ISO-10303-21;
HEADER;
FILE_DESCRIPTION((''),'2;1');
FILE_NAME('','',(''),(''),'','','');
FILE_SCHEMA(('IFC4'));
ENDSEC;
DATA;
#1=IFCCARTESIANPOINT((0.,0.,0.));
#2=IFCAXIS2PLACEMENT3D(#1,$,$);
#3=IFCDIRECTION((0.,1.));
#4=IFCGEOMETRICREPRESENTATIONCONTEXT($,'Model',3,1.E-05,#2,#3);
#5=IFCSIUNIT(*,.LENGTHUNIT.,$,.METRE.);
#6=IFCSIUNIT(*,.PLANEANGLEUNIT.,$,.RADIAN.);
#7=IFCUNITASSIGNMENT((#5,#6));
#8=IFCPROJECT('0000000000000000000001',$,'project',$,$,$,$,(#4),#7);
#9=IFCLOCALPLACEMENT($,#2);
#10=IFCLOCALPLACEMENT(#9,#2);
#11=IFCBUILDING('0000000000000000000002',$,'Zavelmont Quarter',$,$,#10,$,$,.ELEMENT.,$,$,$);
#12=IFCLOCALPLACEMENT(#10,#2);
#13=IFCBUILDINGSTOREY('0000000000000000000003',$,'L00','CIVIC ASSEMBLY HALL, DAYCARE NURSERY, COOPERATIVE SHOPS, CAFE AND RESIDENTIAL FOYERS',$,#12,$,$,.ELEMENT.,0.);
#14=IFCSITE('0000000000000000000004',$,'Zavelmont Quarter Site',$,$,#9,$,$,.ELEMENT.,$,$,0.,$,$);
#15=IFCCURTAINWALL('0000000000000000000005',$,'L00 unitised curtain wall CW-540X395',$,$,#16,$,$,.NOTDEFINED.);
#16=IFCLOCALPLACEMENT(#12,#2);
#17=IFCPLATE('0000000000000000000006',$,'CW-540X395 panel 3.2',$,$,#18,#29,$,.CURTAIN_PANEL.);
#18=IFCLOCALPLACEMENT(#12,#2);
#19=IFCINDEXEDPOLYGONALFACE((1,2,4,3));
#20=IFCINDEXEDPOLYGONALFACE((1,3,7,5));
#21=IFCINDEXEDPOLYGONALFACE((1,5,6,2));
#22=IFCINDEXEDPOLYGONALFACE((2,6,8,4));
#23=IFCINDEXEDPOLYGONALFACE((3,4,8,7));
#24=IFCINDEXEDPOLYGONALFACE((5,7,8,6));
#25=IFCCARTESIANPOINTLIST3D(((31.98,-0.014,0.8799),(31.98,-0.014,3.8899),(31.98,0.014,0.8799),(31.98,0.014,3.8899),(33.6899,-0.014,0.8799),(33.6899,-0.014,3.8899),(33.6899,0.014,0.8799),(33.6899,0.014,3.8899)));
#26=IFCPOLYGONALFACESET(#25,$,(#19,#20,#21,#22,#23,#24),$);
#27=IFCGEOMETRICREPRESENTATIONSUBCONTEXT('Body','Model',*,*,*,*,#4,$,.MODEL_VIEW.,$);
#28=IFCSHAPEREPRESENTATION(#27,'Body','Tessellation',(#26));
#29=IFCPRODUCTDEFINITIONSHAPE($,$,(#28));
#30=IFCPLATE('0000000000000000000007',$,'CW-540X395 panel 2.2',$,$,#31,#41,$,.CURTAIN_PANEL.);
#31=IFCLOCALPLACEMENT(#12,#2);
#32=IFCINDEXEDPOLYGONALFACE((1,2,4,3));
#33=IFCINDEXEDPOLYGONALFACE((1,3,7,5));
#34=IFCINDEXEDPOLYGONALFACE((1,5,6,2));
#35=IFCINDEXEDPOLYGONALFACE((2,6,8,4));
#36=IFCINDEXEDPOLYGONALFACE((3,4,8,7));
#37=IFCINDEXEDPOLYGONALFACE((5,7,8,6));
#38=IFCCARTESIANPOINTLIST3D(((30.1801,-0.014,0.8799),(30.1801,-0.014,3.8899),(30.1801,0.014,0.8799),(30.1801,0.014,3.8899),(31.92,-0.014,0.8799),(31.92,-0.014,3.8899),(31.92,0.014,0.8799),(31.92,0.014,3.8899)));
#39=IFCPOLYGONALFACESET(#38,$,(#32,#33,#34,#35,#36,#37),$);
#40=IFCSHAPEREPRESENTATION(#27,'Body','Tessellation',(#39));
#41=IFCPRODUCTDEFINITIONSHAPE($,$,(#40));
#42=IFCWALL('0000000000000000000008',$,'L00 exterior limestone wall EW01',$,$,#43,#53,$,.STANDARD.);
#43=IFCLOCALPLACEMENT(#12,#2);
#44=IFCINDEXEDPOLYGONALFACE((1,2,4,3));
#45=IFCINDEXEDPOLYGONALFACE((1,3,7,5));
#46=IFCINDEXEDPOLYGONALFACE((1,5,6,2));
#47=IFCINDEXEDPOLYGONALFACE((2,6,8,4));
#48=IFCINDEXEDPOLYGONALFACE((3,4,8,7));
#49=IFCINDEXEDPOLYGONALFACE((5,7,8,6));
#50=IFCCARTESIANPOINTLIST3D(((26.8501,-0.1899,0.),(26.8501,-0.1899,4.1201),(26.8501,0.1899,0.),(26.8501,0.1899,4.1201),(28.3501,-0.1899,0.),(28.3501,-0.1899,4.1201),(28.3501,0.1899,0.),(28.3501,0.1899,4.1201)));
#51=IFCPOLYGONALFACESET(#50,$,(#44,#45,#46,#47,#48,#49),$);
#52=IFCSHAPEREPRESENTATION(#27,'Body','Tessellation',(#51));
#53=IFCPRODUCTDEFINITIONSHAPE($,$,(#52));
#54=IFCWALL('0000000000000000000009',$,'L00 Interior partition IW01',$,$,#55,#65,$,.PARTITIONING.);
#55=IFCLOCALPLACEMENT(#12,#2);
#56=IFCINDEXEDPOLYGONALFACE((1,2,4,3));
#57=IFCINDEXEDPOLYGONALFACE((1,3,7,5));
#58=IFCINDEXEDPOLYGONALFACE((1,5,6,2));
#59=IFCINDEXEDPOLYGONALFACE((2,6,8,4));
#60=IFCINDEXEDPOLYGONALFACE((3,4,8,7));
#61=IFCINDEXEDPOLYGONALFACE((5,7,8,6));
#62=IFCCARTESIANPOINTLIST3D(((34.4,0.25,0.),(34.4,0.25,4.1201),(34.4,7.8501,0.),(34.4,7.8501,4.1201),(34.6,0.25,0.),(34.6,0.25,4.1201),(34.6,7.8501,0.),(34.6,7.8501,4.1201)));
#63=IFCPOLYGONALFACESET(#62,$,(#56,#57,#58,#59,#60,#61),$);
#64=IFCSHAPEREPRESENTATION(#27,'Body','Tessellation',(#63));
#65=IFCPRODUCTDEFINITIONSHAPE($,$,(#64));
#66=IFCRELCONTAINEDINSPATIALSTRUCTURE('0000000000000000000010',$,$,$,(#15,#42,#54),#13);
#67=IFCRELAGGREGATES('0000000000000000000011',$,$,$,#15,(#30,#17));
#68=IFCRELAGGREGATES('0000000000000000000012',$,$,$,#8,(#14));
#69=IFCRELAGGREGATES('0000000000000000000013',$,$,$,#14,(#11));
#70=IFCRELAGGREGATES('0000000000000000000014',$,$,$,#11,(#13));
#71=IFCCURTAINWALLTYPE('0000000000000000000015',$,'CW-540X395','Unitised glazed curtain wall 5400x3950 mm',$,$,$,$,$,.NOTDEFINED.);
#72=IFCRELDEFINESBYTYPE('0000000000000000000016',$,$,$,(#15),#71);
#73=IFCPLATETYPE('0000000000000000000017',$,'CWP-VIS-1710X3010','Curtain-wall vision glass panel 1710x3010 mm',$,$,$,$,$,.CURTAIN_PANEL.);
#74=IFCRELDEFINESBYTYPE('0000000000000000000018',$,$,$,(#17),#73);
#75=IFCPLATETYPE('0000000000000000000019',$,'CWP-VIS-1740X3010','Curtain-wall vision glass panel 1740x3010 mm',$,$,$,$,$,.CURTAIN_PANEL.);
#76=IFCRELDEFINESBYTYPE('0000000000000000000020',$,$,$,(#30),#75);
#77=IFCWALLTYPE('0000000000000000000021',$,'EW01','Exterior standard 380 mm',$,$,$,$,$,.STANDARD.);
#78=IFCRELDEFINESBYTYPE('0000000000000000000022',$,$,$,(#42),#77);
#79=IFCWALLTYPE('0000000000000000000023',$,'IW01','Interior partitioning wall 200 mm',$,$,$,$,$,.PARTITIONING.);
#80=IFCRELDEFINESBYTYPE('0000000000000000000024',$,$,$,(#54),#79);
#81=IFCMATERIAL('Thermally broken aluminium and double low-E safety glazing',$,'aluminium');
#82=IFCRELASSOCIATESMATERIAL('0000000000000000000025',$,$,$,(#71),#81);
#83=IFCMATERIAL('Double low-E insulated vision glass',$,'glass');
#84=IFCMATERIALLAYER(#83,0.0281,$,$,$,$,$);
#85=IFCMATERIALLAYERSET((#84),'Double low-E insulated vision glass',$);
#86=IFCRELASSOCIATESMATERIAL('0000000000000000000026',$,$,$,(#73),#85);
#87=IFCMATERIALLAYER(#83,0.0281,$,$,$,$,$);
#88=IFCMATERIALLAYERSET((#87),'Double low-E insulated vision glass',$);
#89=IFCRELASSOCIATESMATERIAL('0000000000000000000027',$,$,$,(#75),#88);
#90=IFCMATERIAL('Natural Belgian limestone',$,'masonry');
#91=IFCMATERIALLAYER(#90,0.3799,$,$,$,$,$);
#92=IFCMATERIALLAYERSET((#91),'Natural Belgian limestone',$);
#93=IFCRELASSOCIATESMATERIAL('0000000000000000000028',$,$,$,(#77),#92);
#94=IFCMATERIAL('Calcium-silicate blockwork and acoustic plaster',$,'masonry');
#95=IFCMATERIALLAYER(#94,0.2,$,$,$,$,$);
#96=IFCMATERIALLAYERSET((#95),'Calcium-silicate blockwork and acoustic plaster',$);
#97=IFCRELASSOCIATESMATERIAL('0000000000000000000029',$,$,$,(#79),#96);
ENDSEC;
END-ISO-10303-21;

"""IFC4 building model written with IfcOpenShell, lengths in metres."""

from ifc_helpers import new_model, si_unit, direction, frame, frame_2d, origin, origin_2d, place, context, subcontext, project, spatial, rectangle, extrude, material, layer, layer_set, type_object, element, aggregate, save


model = new_model("IFC4")

# Units and contexts
model_context = context("Model", 3, precision=1e-05, world=origin(), true_north=direction((0.0, 1.0)))
body_context = subcontext(model_context, "Body", "Model", "MODEL_VIEW")
ifc_project = project(units=[si_unit("LENGTHUNIT", "METRE"), si_unit("PLANEANGLEUNIT", "RADIAN")], contexts=[model_context])

# Site, building, storey
site_placement = place(None, origin())
site = spatial("IfcSite", under=ifc_project, at=site_placement, Name="Zavelmont Quarter Site", CompositionType="ELEMENT", RefElevation=0.0)
building_placement = place(site_placement, origin())
building = spatial("IfcBuilding", under=site, at=building_placement, Name="Zavelmont Quarter", CompositionType="ELEMENT")
storey_placement = place(building_placement, origin())
storey = spatial("IfcBuildingStorey", under=building, at=storey_placement, Name="L00", Description="CIVIC ASSEMBLY HALL, DAYCARE NURSERY, COOPERATIVE SHOPS, CAFE AND RESIDENTIAL FOYERS", CompositionType="ELEMENT", Elevation=0.0)

# Curtain wall
ifc_material_1 = material(Name="Thermally broken aluminium and double low-E safety glazing", Category="aluminium")
curtain_wall_type = type_object("IfcCurtainWallType", Name="CW-540X395", Description="Unitised glazed curtain wall 5400x3950 mm", PredefinedType="NOTDEFINED", material=ifc_material_1)
curtain_wall_placement = place(storey_placement, origin())
curtain_wall = element("IfcCurtainWall", 1, at=curtain_wall_placement, inside=storey, type_object=curtain_wall_type, Name="L00 unitised curtain wall CW-540X395", PredefinedType="NOTDEFINED")

# Plates
ifc_material_2 = material(Name="Double low-E insulated vision glass", Category="glass")
ifc_layer_1 = layer(ifc_material_2, 0.0281)
ifc_layer_set_1 = layer_set([ifc_layer_1], Name="Double low-E insulated vision glass")
plate_type_1 = type_object("IfcPlateType", Name="CWP-VIS-1710X3010", Description="Curtain-wall vision glass panel 1710x3010 mm", PredefinedType="CURTAIN_PANEL", material=ifc_layer_set_1)
plate_1_placement = place(storey_placement, frame((32.835, 0.0, 0.8799), z_axis=(0.0, 0.0, 1.0), x_axis=(1.0, 0.0, 0.0)))
plate_1 = element("IfcPlate", 2, at=plate_1_placement, type_object=plate_type_1, Name="CW-540X395 panel 3.2", PredefinedType="CURTAIN_PANEL", context=body_context, shape_type="SweptSolid", body=[
    extrude(rectangle(XDim=1.71, YDim=0.0281, at=origin_2d()), origin(), (0.0, 0.0, 1.0), 3.01),
])
ifc_layer_2 = layer(ifc_material_2, 0.0281)
ifc_layer_set_2 = layer_set([ifc_layer_2], Name="Double low-E insulated vision glass")
plate_type_2 = type_object("IfcPlateType", Name="CWP-VIS-1740X3010", Description="Curtain-wall vision glass panel 1740x3010 mm", PredefinedType="CURTAIN_PANEL", material=ifc_layer_set_2)
plate_2_placement = place(storey_placement, frame((31.05, 0.0, 0.8799), z_axis=(0.0, 0.0, 1.0), x_axis=(1.0, 0.0, 0.0)))
plate_2 = element("IfcPlate", 3, at=plate_2_placement, type_object=plate_type_2, Name="CW-540X395 panel 2.2", PredefinedType="CURTAIN_PANEL", context=body_context, shape_type="SweptSolid", body=[
    extrude(rectangle(XDim=1.74, YDim=0.0281, at=origin_2d()), origin(), (0.0, 0.0, 1.0), 3.01),
])
aggregate(curtain_wall, [plate_2, plate_1])

# Wall
ifc_material_3 = material(Name="Natural Belgian limestone", Category="masonry")
ifc_layer_3 = layer(ifc_material_3, 0.3799)
ifc_layer_set_3 = layer_set([ifc_layer_3], Name="Natural Belgian limestone")
wall_type_1 = type_object("IfcWallType", Name="EW01", Description="Exterior standard 380 mm", PredefinedType="STANDARD", material=ifc_layer_set_3)
wall_1_placement = place(storey_placement, frame((26.8501, 0.0, 0.0), z_axis=(0.0, 0.0, 1.0), x_axis=(1.0, 0.0, 0.0)))
element("IfcWall", 4, at=wall_1_placement, inside=storey, type_object=wall_type_1, Name="L00 exterior limestone wall EW01", PredefinedType="STANDARD", context=body_context, shape_type="SweptSolid", body=[
    extrude(rectangle(XDim=1.5, YDim=0.3799, at=frame_2d((0.75, 0.0))), origin(), (0.0, 0.0, 1.0), 4.1201),
])

# Wall
ifc_material_4 = material(Name="Calcium-silicate blockwork and acoustic plaster", Category="masonry")
ifc_layer_4 = layer(ifc_material_4, 0.2)
ifc_layer_set_4 = layer_set([ifc_layer_4], Name="Calcium-silicate blockwork and acoustic plaster")
wall_type_2 = type_object("IfcWallType", Name="IW01", Description="Interior partitioning wall 200 mm", PredefinedType="PARTITIONING", material=ifc_layer_set_4)
wall_2_placement = place(storey_placement, frame((34.5, 0.25, 0.0), z_axis=(0.0, 0.0, 1.0), x_axis=(0.0, 1.0, 0.0)))
element("IfcWall", 5, at=wall_2_placement, inside=storey, type_object=wall_type_2, Name="L00 Interior partition IW01", PredefinedType="PARTITIONING", context=body_context, shape_type="SweptSolid", body=[
    extrude(rectangle(XDim=7.6001, YDim=0.2, at=frame_2d((3.8, 0.0))), origin(), (0.0, 0.0, 1.0), 4.1201),
])

save(model, "model.ifc")
